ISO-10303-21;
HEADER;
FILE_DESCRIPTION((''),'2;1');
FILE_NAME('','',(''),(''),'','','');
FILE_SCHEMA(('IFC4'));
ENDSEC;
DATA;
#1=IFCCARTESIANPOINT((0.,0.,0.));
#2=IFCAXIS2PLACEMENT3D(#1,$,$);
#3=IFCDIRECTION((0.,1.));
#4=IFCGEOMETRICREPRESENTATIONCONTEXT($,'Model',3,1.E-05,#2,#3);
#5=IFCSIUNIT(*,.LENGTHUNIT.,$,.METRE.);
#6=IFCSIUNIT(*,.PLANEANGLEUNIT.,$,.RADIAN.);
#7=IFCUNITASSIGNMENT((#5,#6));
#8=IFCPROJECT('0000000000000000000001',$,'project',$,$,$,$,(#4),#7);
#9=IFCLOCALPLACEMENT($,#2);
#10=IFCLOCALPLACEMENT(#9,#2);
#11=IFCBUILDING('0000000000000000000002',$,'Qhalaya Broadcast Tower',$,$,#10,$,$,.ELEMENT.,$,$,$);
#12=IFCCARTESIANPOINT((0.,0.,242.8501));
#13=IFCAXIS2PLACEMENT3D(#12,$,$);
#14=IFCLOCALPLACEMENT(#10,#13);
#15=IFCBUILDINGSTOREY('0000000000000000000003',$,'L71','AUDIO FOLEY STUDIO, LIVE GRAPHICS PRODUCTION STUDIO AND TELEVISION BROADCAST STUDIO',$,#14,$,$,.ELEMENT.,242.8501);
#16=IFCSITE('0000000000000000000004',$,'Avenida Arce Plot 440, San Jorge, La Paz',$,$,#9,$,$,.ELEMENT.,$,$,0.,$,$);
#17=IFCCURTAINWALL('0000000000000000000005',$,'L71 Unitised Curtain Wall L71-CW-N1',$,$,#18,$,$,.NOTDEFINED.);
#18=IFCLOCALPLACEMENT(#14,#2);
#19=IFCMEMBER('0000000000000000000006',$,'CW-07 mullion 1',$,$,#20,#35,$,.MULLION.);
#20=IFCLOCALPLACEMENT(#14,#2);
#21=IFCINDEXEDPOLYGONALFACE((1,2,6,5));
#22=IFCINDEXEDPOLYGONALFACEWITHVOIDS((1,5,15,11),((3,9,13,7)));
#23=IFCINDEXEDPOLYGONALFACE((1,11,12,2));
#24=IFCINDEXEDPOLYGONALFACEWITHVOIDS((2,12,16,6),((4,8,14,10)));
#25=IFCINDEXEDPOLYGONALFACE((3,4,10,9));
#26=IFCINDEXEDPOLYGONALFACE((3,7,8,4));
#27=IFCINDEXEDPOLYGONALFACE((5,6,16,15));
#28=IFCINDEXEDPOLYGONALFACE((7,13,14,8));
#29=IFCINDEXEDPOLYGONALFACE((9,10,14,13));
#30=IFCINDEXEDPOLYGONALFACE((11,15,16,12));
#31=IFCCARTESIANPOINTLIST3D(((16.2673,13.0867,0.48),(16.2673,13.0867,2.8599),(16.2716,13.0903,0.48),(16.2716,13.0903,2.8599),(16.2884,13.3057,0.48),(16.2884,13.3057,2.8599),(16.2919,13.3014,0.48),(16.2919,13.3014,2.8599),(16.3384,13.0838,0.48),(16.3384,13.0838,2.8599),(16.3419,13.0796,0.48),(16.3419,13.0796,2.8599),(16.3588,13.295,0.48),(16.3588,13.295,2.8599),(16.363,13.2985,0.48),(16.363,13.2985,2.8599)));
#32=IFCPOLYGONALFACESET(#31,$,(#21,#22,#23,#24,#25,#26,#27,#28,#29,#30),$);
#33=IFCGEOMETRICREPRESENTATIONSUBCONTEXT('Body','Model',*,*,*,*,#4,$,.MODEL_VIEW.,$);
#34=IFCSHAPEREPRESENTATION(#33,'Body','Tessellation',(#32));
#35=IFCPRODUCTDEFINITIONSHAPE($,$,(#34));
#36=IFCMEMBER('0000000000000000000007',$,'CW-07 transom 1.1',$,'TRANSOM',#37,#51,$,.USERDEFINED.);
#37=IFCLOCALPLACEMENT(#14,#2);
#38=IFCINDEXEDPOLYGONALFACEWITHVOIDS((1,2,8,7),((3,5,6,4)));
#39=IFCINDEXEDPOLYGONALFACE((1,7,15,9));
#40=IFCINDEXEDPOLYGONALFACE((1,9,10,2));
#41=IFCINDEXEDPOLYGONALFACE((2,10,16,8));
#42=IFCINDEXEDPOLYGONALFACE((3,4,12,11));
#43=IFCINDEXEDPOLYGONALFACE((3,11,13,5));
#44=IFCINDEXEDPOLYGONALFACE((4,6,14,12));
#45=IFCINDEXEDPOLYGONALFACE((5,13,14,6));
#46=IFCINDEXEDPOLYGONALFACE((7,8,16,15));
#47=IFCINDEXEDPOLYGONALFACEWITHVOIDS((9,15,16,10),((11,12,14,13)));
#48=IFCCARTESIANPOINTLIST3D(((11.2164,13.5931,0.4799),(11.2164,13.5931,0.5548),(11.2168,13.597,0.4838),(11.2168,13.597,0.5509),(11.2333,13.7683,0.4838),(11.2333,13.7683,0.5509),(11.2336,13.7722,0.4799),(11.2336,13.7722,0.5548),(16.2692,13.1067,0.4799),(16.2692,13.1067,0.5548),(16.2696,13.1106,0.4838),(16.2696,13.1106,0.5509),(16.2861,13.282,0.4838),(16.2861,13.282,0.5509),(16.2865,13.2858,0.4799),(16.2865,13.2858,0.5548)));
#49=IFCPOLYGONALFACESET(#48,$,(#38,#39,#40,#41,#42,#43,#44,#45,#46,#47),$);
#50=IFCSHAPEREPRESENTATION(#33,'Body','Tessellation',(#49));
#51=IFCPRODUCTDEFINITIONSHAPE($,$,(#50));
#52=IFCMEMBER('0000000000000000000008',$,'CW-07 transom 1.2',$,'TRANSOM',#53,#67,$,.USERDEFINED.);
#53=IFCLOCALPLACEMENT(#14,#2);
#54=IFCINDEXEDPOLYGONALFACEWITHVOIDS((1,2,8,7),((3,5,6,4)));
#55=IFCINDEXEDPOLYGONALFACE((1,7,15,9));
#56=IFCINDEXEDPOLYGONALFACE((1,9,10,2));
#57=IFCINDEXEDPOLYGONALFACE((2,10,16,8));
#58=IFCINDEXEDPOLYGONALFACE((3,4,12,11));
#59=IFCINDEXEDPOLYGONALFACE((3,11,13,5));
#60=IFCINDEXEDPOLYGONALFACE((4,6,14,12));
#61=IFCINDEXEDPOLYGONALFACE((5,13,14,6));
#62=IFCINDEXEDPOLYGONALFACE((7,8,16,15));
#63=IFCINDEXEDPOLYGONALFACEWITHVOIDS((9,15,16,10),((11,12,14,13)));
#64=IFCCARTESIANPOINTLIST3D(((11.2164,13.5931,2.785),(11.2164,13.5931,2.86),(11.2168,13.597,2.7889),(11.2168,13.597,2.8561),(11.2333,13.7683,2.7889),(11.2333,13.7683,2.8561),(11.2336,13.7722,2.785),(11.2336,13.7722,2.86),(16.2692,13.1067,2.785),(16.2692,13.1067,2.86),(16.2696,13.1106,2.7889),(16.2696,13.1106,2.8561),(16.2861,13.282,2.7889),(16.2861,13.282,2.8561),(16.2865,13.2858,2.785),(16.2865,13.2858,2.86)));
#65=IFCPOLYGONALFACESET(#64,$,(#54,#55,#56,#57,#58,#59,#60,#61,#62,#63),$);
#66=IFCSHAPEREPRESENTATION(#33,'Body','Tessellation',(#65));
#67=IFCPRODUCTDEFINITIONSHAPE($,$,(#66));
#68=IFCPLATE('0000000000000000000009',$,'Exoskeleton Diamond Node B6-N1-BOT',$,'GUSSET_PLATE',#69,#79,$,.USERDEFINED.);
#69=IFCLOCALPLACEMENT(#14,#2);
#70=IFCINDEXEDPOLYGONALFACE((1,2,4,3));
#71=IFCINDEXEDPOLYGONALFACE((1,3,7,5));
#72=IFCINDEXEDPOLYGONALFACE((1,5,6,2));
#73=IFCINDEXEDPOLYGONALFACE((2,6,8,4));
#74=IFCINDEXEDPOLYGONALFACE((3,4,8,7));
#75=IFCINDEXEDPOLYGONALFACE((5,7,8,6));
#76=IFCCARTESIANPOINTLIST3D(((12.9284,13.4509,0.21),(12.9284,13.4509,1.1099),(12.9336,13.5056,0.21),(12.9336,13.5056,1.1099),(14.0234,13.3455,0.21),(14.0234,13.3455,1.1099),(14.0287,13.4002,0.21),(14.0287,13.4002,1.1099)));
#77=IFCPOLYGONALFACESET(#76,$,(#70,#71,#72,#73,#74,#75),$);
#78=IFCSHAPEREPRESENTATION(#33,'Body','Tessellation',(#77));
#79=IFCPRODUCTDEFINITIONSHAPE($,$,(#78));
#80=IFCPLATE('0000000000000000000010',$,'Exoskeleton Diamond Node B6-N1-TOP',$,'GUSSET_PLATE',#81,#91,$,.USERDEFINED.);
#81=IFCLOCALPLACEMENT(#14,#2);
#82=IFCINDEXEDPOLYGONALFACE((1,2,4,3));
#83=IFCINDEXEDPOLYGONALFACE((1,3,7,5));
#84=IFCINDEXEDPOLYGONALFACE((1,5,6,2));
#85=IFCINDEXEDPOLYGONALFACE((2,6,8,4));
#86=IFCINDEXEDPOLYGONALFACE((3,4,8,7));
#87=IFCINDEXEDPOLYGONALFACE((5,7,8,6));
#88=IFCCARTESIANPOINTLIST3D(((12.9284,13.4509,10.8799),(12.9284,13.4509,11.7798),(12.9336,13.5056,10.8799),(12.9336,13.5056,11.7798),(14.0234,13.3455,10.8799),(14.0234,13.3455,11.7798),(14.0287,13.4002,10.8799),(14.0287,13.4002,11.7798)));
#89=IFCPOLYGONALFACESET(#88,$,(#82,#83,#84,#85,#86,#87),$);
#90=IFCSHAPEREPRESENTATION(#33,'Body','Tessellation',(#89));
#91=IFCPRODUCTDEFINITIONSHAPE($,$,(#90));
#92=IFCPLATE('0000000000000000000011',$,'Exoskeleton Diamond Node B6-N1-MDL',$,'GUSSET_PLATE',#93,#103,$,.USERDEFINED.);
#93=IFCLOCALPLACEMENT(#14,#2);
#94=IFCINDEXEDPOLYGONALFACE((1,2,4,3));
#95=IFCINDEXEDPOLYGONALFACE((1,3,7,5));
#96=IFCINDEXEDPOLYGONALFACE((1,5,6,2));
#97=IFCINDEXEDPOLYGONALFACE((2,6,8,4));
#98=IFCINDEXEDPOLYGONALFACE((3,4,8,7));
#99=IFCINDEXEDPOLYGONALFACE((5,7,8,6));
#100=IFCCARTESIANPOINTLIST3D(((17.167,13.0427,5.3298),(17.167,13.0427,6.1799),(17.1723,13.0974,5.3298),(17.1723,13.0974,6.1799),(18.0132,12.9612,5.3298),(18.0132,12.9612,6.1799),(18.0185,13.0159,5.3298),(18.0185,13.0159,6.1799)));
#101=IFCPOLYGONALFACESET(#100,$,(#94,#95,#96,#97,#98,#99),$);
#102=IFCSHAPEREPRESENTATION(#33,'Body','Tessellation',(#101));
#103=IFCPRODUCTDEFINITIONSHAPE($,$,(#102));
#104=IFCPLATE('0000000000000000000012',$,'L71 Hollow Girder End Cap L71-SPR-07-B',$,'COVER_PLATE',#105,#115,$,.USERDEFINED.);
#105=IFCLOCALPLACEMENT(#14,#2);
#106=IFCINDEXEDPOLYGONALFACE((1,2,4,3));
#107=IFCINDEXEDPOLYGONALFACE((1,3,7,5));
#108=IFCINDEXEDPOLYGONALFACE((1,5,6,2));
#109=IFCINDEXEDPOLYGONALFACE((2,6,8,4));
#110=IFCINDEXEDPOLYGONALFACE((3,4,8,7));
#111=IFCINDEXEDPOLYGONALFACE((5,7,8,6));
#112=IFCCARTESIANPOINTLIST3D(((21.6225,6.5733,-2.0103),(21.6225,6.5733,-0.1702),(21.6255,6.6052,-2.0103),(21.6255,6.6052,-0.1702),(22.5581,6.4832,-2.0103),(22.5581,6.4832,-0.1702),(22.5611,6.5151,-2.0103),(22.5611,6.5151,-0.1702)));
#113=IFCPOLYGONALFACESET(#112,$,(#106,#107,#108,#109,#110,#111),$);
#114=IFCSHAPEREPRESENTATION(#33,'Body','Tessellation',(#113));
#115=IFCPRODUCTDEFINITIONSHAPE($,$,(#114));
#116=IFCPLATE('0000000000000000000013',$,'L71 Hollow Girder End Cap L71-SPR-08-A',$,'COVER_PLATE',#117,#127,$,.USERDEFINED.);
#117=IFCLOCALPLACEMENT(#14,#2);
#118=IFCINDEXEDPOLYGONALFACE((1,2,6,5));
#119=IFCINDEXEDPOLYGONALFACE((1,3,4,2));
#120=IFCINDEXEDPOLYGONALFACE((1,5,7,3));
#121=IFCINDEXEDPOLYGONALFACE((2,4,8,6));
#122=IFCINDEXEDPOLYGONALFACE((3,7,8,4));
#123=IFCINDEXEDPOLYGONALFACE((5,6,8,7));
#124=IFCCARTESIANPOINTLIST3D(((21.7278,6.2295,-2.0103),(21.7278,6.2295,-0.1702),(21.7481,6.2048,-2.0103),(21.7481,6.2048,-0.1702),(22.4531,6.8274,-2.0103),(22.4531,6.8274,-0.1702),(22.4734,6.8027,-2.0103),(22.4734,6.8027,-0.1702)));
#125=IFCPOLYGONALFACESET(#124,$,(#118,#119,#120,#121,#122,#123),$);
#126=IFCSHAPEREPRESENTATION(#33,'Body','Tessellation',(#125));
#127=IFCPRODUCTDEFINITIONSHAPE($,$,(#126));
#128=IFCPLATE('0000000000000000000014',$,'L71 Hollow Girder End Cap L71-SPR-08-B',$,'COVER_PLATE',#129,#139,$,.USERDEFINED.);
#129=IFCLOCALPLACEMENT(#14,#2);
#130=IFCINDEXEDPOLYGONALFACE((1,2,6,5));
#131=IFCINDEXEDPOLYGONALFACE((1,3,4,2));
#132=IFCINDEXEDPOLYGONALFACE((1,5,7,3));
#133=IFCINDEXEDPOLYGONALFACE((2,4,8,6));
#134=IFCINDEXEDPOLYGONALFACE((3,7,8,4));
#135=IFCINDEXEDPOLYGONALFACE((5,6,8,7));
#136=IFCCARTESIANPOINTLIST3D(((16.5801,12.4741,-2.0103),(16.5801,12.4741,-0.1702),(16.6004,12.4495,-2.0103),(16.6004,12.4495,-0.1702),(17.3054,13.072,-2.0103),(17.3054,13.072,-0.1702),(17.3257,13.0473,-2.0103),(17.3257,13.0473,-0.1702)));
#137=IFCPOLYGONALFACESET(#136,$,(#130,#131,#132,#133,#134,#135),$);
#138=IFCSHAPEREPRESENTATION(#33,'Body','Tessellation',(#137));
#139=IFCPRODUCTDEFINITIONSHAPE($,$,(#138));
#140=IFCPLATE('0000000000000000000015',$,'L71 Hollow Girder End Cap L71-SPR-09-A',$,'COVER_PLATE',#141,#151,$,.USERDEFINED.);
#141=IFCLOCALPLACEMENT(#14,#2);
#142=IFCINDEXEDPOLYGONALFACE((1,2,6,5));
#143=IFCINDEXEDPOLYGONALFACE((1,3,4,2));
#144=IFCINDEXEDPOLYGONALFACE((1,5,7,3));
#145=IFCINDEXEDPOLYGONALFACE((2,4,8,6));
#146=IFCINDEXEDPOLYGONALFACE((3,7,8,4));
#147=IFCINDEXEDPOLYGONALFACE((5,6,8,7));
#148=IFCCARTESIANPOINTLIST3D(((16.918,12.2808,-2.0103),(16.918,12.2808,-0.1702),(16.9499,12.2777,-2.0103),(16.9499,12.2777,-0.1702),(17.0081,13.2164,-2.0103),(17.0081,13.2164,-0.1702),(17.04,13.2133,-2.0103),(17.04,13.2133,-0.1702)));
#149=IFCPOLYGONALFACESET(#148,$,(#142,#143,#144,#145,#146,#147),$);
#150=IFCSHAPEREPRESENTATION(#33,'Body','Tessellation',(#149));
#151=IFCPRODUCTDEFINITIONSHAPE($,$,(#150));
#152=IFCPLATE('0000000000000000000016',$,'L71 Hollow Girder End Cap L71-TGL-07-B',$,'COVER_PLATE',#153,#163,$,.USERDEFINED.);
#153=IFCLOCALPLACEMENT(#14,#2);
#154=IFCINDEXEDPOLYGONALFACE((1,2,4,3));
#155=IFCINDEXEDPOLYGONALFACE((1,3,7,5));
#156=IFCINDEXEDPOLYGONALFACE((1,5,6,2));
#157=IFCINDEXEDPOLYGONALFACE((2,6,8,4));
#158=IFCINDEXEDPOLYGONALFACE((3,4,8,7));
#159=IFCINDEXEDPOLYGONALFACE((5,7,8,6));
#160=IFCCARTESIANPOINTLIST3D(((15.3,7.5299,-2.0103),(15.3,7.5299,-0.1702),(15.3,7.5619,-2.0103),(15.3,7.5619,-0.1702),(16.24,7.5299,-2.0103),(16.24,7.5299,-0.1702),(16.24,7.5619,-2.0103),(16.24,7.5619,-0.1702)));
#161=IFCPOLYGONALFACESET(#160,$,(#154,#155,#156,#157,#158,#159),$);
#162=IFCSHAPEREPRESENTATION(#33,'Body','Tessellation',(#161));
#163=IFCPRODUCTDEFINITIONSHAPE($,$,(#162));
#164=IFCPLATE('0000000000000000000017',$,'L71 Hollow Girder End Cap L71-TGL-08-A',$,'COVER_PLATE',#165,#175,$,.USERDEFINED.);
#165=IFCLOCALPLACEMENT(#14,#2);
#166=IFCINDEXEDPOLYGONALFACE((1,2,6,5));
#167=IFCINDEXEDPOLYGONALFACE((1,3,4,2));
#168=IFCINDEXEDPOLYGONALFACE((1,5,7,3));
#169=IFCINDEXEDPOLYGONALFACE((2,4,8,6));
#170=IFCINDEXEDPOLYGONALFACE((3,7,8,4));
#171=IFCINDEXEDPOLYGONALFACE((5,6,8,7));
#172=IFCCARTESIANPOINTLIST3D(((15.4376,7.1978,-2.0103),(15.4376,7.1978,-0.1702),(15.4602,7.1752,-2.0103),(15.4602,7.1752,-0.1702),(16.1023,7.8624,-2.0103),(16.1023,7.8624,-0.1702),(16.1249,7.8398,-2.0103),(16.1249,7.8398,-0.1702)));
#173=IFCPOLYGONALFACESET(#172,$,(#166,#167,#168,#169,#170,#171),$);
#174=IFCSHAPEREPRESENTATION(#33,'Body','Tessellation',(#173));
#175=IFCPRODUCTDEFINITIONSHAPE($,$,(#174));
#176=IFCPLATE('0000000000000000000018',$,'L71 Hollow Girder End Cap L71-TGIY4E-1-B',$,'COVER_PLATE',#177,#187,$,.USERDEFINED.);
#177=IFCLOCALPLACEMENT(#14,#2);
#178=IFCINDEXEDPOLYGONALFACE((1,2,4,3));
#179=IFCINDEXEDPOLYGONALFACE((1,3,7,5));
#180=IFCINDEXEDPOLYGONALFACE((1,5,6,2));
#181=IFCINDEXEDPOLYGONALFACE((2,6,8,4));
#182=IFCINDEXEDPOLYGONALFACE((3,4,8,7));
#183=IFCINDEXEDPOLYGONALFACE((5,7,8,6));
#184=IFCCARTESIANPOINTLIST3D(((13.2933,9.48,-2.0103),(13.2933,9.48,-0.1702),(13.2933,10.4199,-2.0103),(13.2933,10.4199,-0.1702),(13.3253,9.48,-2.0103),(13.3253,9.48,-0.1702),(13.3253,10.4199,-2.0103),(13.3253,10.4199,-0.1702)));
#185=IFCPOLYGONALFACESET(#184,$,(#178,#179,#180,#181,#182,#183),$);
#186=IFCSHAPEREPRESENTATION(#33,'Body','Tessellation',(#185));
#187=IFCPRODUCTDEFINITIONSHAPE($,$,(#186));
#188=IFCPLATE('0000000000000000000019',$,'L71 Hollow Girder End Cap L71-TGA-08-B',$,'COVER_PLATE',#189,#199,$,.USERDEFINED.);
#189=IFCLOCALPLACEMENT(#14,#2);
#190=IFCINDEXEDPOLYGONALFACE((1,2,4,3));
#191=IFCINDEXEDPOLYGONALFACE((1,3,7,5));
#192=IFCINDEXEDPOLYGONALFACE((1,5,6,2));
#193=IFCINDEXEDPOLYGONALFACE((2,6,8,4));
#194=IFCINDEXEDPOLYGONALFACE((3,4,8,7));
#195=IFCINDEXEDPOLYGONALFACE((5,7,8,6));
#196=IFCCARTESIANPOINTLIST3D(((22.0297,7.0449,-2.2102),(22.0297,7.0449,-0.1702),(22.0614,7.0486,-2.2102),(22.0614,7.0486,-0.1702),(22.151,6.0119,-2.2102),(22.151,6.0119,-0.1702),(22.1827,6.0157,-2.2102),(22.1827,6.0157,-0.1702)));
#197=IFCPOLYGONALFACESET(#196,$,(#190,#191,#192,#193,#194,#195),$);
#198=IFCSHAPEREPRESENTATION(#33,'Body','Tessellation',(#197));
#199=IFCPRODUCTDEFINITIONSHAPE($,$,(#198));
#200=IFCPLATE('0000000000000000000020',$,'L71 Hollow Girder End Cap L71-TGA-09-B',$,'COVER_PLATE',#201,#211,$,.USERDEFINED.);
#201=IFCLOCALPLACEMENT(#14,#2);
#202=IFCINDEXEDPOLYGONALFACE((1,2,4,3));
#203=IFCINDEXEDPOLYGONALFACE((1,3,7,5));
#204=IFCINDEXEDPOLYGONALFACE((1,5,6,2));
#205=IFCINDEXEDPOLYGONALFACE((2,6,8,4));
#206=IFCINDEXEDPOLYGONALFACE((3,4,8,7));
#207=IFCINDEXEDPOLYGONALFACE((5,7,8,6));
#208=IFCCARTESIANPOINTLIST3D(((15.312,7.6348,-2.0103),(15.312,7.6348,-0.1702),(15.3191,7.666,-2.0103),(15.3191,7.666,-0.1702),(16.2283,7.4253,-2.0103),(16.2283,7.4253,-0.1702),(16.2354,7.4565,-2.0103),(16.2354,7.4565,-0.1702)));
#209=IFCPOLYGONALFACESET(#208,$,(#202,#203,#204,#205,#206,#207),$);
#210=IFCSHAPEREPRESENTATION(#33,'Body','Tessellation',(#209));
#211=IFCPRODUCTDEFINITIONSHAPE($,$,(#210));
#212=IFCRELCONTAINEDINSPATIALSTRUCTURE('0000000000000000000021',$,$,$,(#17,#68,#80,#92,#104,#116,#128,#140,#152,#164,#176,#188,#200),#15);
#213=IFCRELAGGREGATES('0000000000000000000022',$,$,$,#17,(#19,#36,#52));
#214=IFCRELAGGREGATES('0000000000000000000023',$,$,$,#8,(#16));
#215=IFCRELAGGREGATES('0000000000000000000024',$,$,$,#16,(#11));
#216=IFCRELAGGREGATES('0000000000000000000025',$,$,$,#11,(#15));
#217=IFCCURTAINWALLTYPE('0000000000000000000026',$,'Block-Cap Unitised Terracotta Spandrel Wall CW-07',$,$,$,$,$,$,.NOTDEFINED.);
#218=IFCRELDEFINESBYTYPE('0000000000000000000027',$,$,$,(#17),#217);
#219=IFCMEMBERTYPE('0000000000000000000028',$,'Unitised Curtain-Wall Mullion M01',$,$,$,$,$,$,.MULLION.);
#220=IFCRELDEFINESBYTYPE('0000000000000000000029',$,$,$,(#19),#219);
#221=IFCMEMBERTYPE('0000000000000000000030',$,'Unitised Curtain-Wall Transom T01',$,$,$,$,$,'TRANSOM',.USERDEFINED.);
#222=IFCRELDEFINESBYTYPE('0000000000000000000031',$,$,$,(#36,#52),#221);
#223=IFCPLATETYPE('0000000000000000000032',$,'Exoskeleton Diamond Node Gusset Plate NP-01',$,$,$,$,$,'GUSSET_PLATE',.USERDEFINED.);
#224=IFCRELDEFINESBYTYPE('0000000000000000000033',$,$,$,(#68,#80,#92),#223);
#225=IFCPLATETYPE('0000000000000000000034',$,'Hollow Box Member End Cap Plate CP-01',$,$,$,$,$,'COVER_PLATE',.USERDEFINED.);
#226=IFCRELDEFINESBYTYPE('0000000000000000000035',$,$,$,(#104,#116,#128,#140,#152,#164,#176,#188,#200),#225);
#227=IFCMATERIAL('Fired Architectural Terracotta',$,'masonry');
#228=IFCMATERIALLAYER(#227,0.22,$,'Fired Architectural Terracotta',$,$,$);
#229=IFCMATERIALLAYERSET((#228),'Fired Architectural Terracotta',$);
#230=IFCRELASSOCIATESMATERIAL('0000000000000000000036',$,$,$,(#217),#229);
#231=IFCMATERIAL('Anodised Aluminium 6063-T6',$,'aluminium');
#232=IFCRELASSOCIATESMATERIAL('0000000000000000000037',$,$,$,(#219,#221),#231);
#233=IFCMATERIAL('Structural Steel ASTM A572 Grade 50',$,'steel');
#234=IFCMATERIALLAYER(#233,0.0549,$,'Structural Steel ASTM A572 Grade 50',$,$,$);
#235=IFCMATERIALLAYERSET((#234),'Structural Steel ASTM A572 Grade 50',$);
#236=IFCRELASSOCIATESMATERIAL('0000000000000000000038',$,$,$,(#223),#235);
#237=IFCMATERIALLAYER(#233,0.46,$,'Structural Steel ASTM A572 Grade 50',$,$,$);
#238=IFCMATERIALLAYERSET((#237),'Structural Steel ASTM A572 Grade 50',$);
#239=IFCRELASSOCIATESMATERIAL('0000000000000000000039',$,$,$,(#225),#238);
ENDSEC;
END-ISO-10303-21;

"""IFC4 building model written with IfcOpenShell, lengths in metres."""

from ifc_helpers import new_model, si_unit, direction, frame, origin, origin_2d, place, context, subcontext, project, spatial, rectangle, hollow_rectangle, extrude, material, layer, layer_set, material_profile, profile_set, type_object, element, aggregate, save


model = new_model("IFC4")

# Units and contexts
model_context = context("Model", 3, precision=1e-05, world=origin(), true_north=direction((0.0, 1.0)))
body_context = subcontext(model_context, "Body", "Model", "MODEL_VIEW")
ifc_project = project(units=[si_unit("LENGTHUNIT", "METRE"), si_unit("PLANEANGLEUNIT", "RADIAN")], contexts=[model_context])

# Site, building, storey
site_placement = place(None, origin())
site = spatial("IfcSite", under=ifc_project, at=site_placement, Name="Avenida Arce Plot 440, San Jorge, La Paz", CompositionType="ELEMENT", RefElevation=0.0)
building_placement = place(site_placement, origin())
building = spatial("IfcBuilding", under=site, at=building_placement, Name="Qhalaya Broadcast Tower", CompositionType="ELEMENT")
storey_placement = place(building_placement, frame((0.0, 0.0, 242.8501)))
storey = spatial("IfcBuildingStorey", under=building, at=storey_placement, Name="L71", Description="AUDIO FOLEY STUDIO, LIVE GRAPHICS PRODUCTION STUDIO AND TELEVISION BROADCAST STUDIO", CompositionType="ELEMENT", Elevation=242.8501)

# Shared definitions
ifc_material_1 = material(Name="Structural Steel ASTM A572 Grade 50", Category="steel")

# Curtain wall, members
ifc_material_2 = material(Name="Fired Architectural Terracotta", Category="masonry")
ifc_layer_1 = layer(ifc_material_2, 0.22, Name="Fired Architectural Terracotta")
ifc_layer_set_1 = layer_set([ifc_layer_1], Name="Fired Architectural Terracotta")
curtain_wall_type = type_object("IfcCurtainWallType", Name="Block-Cap Unitised Terracotta Spandrel Wall CW-07", PredefinedType="NOTDEFINED", material=ifc_layer_set_1)
curtain_wall_placement = place(storey_placement, origin())
curtain_wall = element("IfcCurtainWall", 1, at=curtain_wall_placement, inside=storey, type_object=curtain_wall_type, Name="L71 Unitised Curtain Wall L71-CW-N1", PredefinedType="NOTDEFINED")
ifc_material_3 = material(Name="Anodised Aluminium 6063-T6", Category="aluminium")
ifc_material_profile_1 = material_profile(ifc_material_3, hollow_rectangle(XDim=0.075, YDim=0.22, WallThickness=0.0039, at=origin_2d()), Name="ALU-MUL 75x220x4")
ifc_profile_set_1 = profile_set([ifc_material_profile_1], Name="Anodised Aluminium 6063-T6")
member_type_1 = type_object("IfcMemberType", Name="Unitised Curtain-Wall Mullion M01", PredefinedType="MULLION", material=ifc_profile_set_1)
member_1_placement = place(storey_placement, frame((16.3152, 13.1926, 0.48), z_axis=(0.0, 0.0, 1.0), x_axis=(-0.995396, 0.095848, 0.0)))
member_1 = element("IfcMember", 2, at=member_1_placement, type_object=member_type_1, Name="CW-07 mullion 1", PredefinedType="MULLION", context=body_context, shape_type="SweptSolid", body=[
    extrude(hollow_rectangle(XDim=0.075, YDim=0.22, WallThickness=0.0039, at=origin_2d()), origin(), (0.0, 0.0, 1.0), 2.3799),
])
ifc_material_profile_2 = material_profile(ifc_material_3, hollow_rectangle(XDim=0.075, YDim=0.1799, WallThickness=0.0039, at=origin_2d()), Name="ALU-TRN 75x180x4")
ifc_profile_set_2 = profile_set([ifc_material_profile_2], Name="Anodised Aluminium 6063-T6")
member_type_2 = type_object("IfcMemberType", Name="Unitised Curtain-Wall Transom T01", ElementType="TRANSOM", PredefinedType="USERDEFINED", material=ifc_profile_set_2)
member_2_placement = place(storey_placement, frame((16.2778, 13.1963, 0.5173), z_axis=(-0.9954, 0.095808, 0.0), x_axis=(0.0, 0.0, 1.0)))
member_2 = element("IfcMember", 3, at=member_2_placement, type_object=member_type_2, Name="CW-07 transom 1.1", ObjectType="TRANSOM", PredefinedType="USERDEFINED", context=body_context, shape_type="SweptSolid", body=[
    extrude(hollow_rectangle(XDim=0.075, YDim=0.1799, WallThickness=0.0039, at=origin_2d()), origin(), (0.0, 0.0, 1.0), 5.0762),
])
member_3_placement = place(storey_placement, frame((16.2778, 13.1963, 2.8225), z_axis=(-0.9954, 0.095808, 0.0), x_axis=(0.0, 0.0, 1.0)))
member_3 = element("IfcMember", 4, at=member_3_placement, type_object=member_type_2, Name="CW-07 transom 1.2", ObjectType="TRANSOM", PredefinedType="USERDEFINED", context=body_context, shape_type="SweptSolid", body=[
    extrude(hollow_rectangle(XDim=0.075, YDim=0.1799, WallThickness=0.0039, at=origin_2d()), origin(), (0.0, 0.0, 1.0), 5.0762),
])

# Plates
ifc_layer_2 = layer(ifc_material_1, 0.0549, Name="Structural Steel ASTM A572 Grade 50")
ifc_layer_set_2 = layer_set([ifc_layer_2], Name="Structural Steel ASTM A572 Grade 50")
plate_type_1 = type_object("IfcPlateType", Name="Exoskeleton Diamond Node Gusset Plate NP-01", ElementType="GUSSET_PLATE", PredefinedType="USERDEFINED", material=ifc_layer_set_2)
for number, where, z_axis, x_axis, name in (
    (5, (13.4785, 13.4255, 0.21), (0.0, 0.0, 1.0), (0.995396, -0.095846, 0.0), "Exoskeleton Diamond Node B6-N1-BOT"),
    (6, (13.4785, 13.4255, 10.8799), (0.0, 0.0, 1.0), (0.995396, -0.095846, 0.0), "Exoskeleton Diamond Node B6-N1-TOP"),
):
    element("IfcPlate", number, at=place(storey_placement, frame(where, z_axis=z_axis, x_axis=x_axis)), inside=storey, type_object=plate_type_1, Name=name, ObjectType="GUSSET_PLATE", PredefinedType="USERDEFINED", context=body_context, shape_type="SweptSolid", body=[
        extrude(rectangle(XDim=1.1001, YDim=0.0549, at=origin_2d()), origin(), (0.0, 0.0, 1.0), 0.8999),
    ])
plate_1_placement = place(storey_placement, frame((17.5928, 13.0293, 5.3298), z_axis=(0.0, 0.0, 1.0), x_axis=(0.995396, -0.095846, 0.0)))
element("IfcPlate", 7, at=plate_1_placement, inside=storey, type_object=plate_type_1, Name="Exoskeleton Diamond Node B6-N1-MDL", ObjectType="GUSSET_PLATE", PredefinedType="USERDEFINED", context=body_context, shape_type="SweptSolid", body=[
    extrude(rectangle(XDim=0.8501, YDim=0.0549, at=origin_2d()), origin(), (0.0, 0.0, 1.0), 0.8501),
])
ifc_layer_3 = layer(ifc_material_1, 0.46, Name="Structural Steel ASTM A572 Grade 50")
ifc_layer_set_3 = layer_set([ifc_layer_3], Name="Structural Steel ASTM A572 Grade 50")
plate_type_2 = type_object("IfcPlateType", Name="Hollow Box Member End Cap Plate CP-01", ElementType="COVER_PLATE", PredefinedType="USERDEFINED", material=ifc_layer_set_3)
for number, where, z_axis, x_axis, name in (
    (8, (22.0918, 6.5442, -2.0103), (0.0, 0.0, 1.0), (-0.995396, 0.095846, 0.0), "L71 Hollow Girder End Cap L71-SPR-07-B"),
    (9, (22.1006, 6.5161, -2.0103), (0.0, 0.0, 1.0), (-0.771625, -0.636078, 0.0), "L71 Hollow Girder End Cap L71-SPR-08-A"),
    (10, (16.9529, 12.7607, -2.0103), (0.0, 0.0, 1.0), (-0.771625, -0.636078, 0.0), "L71 Hollow Girder End Cap L71-SPR-08-B"),
    (11, (16.979, 12.7471, -2.0103), (0.0, 0.0, 1.0), (-0.095828, -0.995398, 0.0), "L71 Hollow Girder End Cap L71-SPR-09-A"),
    (12, (15.77, 7.5459, -2.0103), (0.0, 0.0, 1.0), (-1.0, 0.0, 0.0), "L71 Hollow Girder End Cap L71-TGL-07-B"),
    (13, (15.7812, 7.5188, -2.0103), (0.0, 0.0, 1.0), (-0.707107, -0.707107, 0.0), "L71 Hollow Girder End Cap L71-TGL-08-A"),
    (14, (13.3093, 9.95, -2.0103), (0.0, 0.0, 1.0), (0.0, 1.0, 0.0), "L71 Hollow Girder End Cap L71-TGIY4E-1-B"),
):
    element("IfcPlate", number, at=place(storey_placement, frame(where, z_axis=z_axis, x_axis=x_axis)), inside=storey, type_object=plate_type_2, Name=name, ObjectType="COVER_PLATE", PredefinedType="USERDEFINED", context=body_context, shape_type="SweptSolid", body=[
        extrude(rectangle(XDim=0.9399, YDim=0.032, at=origin_2d()), origin(), (0.0, 0.0, 1.0), 1.8401),
    ])
plate_2_placement = place(storey_placement, frame((22.1062, 6.5303, -2.2102), z_axis=(0.0, 0.0, 1.0), x_axis=(-0.116636, 0.993175, 0.0)))
element("IfcPlate", 15, at=plate_2_placement, inside=storey, type_object=plate_type_2, Name="L71 Hollow Girder End Cap L71-TGA-08-B", ObjectType="COVER_PLATE", PredefinedType="USERDEFINED", context=body_context, shape_type="SweptSolid", body=[
    extrude(rectangle(XDim=1.04, YDim=0.032, at=origin_2d()), origin(), (0.0, 0.0, 1.0), 2.04),
])
for number, where, z_axis, x_axis, name in (
    (16, (15.7737, 7.5457, -2.0103), (0.0, 0.0, 1.0), (-0.974851, 0.222859, 0.0), "L71 Hollow Girder End Cap L71-TGA-09-B"),
):
    element("IfcPlate", number, at=place(storey_placement, frame(where, z_axis=z_axis, x_axis=x_axis)), inside=storey, type_object=plate_type_2, Name=name, ObjectType="COVER_PLATE", PredefinedType="USERDEFINED", context=body_context, shape_type="SweptSolid", body=[
        extrude(rectangle(XDim=0.9399, YDim=0.032, at=origin_2d()), origin(), (0.0, 0.0, 1.0), 1.8401),
    ])

aggregate(curtain_wall, [member_1, member_2, member_3])

save(model, "model.ifc")
